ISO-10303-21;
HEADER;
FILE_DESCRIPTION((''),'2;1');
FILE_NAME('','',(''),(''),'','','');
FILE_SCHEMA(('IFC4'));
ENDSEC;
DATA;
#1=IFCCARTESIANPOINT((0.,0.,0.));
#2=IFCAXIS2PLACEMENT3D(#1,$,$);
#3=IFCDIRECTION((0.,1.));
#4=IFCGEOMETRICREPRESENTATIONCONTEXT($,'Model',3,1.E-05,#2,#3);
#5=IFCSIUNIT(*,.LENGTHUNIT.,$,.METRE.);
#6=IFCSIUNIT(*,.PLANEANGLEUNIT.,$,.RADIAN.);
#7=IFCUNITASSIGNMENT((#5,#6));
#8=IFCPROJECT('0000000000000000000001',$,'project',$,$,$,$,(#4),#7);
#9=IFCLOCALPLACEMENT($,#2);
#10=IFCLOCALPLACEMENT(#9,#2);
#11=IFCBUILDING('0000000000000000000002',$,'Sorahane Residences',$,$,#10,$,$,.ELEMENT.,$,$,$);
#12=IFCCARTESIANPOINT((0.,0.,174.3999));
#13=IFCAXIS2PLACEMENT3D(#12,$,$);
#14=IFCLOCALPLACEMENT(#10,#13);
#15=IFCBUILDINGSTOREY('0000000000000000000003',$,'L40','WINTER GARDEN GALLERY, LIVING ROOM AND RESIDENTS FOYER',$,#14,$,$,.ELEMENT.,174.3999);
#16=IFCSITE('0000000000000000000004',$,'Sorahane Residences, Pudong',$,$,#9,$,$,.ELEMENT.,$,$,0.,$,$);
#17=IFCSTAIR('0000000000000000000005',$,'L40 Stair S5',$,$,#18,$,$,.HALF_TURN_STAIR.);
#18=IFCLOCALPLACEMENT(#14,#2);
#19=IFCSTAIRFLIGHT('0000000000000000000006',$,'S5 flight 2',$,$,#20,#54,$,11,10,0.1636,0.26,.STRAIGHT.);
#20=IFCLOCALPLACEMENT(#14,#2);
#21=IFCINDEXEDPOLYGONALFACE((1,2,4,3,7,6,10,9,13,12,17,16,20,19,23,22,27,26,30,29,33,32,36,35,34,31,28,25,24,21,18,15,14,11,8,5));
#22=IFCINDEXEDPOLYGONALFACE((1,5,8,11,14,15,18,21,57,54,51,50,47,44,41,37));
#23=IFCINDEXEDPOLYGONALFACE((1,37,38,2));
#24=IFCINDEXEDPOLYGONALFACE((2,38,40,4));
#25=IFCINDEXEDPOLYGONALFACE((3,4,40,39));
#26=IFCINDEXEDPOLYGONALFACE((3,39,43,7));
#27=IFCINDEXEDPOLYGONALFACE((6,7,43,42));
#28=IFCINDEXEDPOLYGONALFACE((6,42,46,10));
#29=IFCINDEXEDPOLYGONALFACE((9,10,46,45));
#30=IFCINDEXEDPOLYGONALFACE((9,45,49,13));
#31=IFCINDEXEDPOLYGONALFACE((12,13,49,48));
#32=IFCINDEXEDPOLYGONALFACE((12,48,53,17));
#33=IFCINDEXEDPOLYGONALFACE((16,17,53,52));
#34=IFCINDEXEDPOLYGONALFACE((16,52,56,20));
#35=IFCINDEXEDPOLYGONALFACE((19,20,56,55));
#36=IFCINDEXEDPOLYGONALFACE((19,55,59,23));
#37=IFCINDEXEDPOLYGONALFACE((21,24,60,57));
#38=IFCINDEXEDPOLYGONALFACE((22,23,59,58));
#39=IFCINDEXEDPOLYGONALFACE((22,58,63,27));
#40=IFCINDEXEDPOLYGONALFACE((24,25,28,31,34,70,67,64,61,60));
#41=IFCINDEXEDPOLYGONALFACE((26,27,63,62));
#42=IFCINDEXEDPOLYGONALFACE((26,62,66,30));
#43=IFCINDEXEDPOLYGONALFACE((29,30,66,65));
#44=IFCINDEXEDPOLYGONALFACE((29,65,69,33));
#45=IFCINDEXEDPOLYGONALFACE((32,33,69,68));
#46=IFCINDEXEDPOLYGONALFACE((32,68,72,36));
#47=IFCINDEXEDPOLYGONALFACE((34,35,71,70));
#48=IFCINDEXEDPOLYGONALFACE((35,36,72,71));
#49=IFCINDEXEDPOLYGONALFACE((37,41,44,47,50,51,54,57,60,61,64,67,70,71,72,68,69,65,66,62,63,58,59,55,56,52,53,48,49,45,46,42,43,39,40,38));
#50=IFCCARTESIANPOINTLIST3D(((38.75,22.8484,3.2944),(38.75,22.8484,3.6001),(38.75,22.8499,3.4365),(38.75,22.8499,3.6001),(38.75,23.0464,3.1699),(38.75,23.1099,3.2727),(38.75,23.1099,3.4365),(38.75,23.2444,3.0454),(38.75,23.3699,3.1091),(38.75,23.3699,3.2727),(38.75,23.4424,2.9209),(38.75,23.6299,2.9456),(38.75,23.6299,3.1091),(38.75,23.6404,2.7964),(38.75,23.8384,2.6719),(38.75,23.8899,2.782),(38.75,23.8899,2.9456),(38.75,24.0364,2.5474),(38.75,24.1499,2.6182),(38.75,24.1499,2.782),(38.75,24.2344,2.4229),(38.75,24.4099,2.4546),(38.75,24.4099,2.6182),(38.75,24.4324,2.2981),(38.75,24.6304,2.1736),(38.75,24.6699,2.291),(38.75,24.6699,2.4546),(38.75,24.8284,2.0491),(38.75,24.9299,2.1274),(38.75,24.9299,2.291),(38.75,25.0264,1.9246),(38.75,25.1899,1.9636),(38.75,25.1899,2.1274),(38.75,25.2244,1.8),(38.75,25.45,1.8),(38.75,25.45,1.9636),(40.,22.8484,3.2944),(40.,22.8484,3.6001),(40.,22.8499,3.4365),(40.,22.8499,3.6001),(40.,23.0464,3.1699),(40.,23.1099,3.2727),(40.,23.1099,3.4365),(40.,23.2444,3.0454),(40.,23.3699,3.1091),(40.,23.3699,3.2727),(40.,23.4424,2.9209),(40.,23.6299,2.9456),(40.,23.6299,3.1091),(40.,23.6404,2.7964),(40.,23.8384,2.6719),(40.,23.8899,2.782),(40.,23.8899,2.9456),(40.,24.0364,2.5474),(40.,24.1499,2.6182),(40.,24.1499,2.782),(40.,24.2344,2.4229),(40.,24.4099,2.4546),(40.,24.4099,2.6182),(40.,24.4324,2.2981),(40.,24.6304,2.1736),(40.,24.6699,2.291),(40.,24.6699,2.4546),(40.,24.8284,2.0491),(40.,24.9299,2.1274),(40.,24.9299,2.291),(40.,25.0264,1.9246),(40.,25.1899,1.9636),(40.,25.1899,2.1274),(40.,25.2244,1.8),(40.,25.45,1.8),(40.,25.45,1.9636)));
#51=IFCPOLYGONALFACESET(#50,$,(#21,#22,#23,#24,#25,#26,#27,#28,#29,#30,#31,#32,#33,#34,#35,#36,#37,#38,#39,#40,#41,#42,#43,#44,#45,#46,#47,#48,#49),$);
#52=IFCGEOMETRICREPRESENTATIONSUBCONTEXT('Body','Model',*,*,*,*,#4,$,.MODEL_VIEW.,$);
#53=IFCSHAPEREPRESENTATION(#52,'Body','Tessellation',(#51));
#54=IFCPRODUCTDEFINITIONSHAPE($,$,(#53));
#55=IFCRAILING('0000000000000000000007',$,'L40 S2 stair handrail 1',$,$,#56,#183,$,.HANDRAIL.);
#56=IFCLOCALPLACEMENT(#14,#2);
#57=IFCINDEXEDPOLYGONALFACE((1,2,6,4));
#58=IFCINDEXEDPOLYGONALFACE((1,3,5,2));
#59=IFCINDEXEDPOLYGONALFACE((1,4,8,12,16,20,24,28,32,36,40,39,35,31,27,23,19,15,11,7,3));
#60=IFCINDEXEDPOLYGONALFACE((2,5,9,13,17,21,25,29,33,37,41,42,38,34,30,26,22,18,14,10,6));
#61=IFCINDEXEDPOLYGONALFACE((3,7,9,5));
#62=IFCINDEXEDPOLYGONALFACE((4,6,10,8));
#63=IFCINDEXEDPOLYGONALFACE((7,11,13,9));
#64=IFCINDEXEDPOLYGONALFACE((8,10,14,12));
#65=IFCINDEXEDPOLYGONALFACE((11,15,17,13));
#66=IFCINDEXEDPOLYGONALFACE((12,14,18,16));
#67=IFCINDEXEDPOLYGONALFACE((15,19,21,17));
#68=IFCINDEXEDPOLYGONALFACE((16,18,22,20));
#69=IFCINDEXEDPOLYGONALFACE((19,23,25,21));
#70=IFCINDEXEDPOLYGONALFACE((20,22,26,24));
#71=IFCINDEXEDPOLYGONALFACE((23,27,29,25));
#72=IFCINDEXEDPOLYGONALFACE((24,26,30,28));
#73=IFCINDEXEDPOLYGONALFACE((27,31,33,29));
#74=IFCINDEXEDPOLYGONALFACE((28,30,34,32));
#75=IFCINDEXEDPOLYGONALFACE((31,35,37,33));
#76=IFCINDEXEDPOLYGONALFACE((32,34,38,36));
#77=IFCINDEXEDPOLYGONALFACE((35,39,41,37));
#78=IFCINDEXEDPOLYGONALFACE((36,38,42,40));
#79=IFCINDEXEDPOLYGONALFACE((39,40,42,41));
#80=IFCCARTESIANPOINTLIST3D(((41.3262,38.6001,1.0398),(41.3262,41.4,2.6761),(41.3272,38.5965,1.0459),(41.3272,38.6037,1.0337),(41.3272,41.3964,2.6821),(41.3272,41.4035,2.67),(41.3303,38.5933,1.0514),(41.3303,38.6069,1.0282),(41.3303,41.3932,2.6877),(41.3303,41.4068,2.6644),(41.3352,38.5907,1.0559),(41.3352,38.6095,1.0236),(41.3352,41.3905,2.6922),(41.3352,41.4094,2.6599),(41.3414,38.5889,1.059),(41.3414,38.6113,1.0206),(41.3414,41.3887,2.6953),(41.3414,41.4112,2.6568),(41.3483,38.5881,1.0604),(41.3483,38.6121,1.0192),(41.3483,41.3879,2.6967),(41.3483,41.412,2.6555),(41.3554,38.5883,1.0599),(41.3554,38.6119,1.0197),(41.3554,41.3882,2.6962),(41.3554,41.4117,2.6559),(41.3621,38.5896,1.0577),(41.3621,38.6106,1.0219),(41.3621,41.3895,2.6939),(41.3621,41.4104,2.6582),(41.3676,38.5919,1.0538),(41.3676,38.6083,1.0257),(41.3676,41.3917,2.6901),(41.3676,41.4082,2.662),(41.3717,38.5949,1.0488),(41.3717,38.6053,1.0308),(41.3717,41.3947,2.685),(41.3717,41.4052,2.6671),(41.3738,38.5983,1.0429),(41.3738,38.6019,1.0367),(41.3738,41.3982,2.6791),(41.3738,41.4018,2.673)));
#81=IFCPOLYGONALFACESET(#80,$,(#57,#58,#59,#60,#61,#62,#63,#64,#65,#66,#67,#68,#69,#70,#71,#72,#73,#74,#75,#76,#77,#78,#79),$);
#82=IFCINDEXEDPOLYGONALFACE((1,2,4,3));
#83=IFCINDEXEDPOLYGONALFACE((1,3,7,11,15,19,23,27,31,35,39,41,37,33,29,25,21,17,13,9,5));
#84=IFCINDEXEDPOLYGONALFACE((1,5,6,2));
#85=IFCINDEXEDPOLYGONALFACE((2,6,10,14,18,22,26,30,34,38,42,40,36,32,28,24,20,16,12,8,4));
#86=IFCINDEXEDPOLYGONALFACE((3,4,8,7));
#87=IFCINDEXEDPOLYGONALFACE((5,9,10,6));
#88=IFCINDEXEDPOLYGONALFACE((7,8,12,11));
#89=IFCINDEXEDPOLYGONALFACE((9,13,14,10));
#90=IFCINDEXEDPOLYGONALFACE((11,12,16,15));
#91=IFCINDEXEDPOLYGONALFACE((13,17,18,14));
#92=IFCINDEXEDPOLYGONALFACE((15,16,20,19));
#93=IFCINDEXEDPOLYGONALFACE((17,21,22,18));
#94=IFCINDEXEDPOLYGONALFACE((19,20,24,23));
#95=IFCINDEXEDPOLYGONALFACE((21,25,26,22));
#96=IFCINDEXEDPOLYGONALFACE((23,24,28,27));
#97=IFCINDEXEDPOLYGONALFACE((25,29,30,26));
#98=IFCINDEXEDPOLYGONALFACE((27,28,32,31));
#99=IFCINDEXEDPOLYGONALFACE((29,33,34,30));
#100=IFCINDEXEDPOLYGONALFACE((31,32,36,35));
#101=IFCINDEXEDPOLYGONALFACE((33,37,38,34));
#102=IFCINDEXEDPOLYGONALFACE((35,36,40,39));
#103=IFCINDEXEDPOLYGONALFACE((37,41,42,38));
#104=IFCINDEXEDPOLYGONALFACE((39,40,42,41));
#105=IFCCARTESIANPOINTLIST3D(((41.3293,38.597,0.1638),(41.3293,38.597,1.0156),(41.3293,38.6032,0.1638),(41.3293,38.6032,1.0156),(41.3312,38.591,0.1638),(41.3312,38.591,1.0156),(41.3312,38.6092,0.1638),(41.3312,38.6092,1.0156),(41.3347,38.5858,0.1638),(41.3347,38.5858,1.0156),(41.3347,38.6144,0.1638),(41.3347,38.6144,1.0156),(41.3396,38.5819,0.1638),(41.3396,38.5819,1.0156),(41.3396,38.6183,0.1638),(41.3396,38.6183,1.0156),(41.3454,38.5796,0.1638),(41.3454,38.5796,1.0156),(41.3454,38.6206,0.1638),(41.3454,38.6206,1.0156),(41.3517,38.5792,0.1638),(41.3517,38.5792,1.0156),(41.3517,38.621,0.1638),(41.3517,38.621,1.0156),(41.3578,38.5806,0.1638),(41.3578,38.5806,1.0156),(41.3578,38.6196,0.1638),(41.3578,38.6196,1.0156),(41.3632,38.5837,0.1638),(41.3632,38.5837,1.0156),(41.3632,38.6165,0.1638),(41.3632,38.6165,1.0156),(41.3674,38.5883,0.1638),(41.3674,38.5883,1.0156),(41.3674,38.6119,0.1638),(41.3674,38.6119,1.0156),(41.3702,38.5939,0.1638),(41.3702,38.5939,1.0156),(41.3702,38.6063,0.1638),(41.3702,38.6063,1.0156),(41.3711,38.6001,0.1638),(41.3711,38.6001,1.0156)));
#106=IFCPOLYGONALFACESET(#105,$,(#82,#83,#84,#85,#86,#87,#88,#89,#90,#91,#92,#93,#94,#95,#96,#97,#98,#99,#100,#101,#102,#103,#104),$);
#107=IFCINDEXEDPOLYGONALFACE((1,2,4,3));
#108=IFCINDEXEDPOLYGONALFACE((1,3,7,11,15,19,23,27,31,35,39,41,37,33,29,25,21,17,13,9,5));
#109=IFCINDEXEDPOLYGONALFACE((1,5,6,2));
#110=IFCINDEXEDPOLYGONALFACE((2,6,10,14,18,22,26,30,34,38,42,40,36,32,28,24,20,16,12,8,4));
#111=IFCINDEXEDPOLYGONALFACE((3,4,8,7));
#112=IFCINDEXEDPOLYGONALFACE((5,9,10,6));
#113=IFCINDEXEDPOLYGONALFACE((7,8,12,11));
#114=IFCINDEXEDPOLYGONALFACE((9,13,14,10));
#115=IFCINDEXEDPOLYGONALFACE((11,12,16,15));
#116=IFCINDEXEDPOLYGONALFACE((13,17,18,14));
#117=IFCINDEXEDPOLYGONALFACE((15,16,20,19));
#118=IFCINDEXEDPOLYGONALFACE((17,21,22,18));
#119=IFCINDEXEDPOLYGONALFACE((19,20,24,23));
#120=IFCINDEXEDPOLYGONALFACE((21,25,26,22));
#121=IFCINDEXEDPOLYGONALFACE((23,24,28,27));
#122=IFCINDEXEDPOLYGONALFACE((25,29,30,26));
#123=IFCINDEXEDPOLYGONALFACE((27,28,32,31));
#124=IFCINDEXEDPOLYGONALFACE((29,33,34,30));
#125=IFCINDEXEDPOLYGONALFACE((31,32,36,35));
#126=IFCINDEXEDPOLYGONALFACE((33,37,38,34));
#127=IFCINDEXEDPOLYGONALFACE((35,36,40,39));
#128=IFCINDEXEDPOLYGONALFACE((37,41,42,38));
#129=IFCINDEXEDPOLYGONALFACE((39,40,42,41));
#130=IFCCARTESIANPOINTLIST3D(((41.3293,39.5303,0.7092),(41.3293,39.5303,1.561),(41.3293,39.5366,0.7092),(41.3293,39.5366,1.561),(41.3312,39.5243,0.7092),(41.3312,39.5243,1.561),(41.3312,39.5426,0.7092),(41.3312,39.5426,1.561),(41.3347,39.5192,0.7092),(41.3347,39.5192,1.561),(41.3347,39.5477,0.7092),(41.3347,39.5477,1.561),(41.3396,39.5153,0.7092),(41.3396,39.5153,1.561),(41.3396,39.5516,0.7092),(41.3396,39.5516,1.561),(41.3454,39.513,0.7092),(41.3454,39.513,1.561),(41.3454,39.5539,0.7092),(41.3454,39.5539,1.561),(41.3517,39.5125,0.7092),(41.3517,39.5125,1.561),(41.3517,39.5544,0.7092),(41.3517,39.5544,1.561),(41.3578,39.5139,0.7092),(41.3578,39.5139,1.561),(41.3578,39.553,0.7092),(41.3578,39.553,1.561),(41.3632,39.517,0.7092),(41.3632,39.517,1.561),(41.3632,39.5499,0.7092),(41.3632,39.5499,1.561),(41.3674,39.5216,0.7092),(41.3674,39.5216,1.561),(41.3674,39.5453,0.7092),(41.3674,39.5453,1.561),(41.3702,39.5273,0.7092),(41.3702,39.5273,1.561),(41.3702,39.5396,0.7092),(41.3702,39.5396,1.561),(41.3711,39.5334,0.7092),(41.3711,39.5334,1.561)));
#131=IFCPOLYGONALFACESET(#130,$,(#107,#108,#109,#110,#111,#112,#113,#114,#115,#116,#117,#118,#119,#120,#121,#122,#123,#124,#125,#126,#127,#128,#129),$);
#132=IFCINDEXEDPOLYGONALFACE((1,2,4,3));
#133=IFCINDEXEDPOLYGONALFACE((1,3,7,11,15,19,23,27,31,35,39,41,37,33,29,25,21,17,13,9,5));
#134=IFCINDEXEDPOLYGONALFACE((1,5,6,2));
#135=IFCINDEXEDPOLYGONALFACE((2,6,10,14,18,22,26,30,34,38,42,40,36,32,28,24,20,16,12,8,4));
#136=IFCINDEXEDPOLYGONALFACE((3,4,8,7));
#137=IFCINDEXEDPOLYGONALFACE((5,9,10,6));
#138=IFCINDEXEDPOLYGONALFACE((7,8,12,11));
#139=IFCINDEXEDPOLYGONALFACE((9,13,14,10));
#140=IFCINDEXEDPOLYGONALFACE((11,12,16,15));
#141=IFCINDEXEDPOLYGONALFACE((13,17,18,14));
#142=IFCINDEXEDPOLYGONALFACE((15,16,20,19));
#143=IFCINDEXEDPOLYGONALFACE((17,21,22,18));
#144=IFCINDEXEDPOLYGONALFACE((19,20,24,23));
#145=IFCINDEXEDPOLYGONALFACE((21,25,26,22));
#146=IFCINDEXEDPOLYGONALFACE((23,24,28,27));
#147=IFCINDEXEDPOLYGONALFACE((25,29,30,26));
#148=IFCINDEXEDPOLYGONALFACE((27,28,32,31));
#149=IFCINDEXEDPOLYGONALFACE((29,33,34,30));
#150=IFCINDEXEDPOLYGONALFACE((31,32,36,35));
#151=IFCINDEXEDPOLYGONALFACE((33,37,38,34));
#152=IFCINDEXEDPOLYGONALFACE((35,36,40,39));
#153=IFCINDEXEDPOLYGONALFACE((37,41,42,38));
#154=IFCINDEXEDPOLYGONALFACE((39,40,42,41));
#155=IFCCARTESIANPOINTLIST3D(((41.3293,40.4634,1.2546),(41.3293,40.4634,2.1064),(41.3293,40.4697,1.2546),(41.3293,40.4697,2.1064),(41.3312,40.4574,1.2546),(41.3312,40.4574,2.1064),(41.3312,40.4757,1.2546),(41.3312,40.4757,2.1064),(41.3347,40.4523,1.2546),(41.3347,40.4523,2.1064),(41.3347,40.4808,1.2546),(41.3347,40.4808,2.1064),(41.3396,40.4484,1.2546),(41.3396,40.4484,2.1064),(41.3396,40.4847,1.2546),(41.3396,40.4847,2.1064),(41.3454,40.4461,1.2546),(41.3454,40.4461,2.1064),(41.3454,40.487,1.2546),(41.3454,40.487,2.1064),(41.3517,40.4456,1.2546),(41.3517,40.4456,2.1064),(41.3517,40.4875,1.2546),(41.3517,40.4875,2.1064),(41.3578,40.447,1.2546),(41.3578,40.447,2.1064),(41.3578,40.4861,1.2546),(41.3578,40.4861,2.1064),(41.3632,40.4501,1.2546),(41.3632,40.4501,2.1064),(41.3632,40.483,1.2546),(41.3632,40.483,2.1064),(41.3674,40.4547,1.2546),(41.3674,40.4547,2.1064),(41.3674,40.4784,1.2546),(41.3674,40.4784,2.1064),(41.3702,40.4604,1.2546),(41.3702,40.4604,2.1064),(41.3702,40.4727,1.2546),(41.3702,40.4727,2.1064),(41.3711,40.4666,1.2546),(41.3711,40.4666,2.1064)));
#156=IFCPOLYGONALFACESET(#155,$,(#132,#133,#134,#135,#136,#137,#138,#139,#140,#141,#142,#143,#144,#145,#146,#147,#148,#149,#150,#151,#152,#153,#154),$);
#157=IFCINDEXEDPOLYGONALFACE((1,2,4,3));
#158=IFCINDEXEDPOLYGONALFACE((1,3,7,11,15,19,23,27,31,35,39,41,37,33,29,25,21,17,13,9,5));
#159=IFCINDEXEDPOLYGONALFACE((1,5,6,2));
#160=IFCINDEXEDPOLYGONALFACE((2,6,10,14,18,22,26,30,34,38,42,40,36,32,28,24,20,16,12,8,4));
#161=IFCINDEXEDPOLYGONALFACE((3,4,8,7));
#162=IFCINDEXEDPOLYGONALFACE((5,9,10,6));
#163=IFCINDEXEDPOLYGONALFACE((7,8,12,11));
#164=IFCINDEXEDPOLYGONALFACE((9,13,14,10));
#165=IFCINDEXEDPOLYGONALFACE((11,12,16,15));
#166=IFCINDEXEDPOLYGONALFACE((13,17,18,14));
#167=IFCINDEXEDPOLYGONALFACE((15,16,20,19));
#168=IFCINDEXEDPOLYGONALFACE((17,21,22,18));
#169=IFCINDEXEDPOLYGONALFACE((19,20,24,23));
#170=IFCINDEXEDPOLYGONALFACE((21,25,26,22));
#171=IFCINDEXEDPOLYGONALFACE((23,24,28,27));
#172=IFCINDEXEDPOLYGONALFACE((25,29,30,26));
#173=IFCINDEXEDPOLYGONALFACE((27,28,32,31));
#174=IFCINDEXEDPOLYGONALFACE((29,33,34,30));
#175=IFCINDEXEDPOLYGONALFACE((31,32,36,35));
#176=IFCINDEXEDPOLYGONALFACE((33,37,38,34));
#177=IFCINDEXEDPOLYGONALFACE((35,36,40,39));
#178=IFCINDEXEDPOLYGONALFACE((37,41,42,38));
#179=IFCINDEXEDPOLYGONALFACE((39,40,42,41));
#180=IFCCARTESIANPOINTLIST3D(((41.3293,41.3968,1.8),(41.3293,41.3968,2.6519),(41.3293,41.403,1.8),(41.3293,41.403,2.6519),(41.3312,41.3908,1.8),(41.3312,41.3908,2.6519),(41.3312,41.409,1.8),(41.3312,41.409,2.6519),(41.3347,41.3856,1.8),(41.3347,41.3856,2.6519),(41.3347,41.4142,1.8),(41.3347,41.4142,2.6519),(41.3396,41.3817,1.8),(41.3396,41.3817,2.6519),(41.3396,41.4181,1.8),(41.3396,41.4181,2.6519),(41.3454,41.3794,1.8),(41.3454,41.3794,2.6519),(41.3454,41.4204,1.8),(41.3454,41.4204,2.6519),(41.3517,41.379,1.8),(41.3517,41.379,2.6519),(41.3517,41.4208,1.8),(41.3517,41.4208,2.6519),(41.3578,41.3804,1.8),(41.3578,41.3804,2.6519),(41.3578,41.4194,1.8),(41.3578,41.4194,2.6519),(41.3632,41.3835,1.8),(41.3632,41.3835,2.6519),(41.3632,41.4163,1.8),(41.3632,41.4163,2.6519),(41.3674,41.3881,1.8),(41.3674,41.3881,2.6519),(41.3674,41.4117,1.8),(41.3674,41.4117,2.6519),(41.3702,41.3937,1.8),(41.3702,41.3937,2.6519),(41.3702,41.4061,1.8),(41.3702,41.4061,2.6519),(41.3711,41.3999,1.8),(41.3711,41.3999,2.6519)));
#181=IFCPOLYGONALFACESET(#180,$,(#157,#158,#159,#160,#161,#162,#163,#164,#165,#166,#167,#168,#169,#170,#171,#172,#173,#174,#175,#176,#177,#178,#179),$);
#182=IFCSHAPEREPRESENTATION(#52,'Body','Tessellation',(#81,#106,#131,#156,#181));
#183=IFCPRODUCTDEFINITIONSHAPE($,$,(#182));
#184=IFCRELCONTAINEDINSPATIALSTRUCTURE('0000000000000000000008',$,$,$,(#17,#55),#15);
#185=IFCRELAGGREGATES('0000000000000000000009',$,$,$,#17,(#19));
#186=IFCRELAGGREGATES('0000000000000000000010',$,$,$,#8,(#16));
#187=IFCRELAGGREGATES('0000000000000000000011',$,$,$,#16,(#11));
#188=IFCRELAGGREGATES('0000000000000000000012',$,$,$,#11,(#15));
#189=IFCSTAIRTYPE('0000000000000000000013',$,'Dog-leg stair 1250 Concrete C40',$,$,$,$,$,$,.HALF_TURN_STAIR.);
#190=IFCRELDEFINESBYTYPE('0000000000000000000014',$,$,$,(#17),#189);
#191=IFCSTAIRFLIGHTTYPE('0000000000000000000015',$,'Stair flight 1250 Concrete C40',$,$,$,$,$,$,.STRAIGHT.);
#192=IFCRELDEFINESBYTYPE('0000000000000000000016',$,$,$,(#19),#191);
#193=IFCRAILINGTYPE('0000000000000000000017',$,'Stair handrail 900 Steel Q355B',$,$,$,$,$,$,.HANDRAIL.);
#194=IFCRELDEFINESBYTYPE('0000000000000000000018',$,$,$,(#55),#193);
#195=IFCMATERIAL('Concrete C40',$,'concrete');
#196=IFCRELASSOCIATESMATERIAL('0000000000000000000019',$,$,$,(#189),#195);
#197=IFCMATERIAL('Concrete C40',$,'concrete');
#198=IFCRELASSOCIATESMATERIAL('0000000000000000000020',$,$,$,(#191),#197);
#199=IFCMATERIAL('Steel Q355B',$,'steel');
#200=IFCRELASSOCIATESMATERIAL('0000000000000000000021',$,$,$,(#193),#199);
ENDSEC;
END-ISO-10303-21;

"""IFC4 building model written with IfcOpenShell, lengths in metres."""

from ifc_helpers import new_model, si_unit, direction, frame, origin, origin_2d, place, context, subcontext, project, spatial, polyline, circle, outline, extrude, material, type_object, element, aggregate, save


model = new_model("IFC4")

# Units and contexts
model_context = context("Model", 3, precision=1e-05, world=origin(), true_north=direction((0.0, 1.0)))
body_context = subcontext(model_context, "Body", "Model", "MODEL_VIEW")
ifc_project = project(units=[si_unit("LENGTHUNIT", "METRE"), si_unit("PLANEANGLEUNIT", "RADIAN")], contexts=[model_context])

# Site, building, storey
site_placement = place(None, origin())
site = spatial("IfcSite", under=ifc_project, at=site_placement, Name="Sorahane Residences, Pudong", CompositionType="ELEMENT", RefElevation=0.0)
building_placement = place(site_placement, origin())
building = spatial("IfcBuilding", under=site, at=building_placement, Name="Sorahane Residences", CompositionType="ELEMENT")
storey_placement = place(building_placement, frame((0.0, 0.0, 174.3999)))
storey = spatial("IfcBuildingStorey", under=building, at=storey_placement, Name="L40", Description="WINTER GARDEN GALLERY, LIVING ROOM AND RESIDENTS FOYER", CompositionType="ELEMENT", Elevation=174.3999)

# Stair, stair flight
ifc_material_1 = material(Name="Concrete C40", Category="concrete")
stair_type = type_object("IfcStairType", Name="Dog-leg stair 1250 Concrete C40", PredefinedType="HALF_TURN_STAIR", material=ifc_material_1)
ifc_material_2 = material(Name="Concrete C40", Category="concrete")
stair_flight_type = type_object("IfcStairFlightType", Name="Stair flight 1250 Concrete C40", PredefinedType="STRAIGHT", material=ifc_material_2)
stair_1_placement = place(storey_placement, origin())
stair_1 = element("IfcStair", 1, at=stair_1_placement, inside=storey, type_object=stair_type, Name="L40 Stair S5", PredefinedType="HALF_TURN_STAIR")
stair_flight_1_placement = place(storey_placement, frame((39.375, 25.45, 1.8), z_axis=(0.0, 0.0, 1.0), x_axis=(0.0, -1.0, 0.0)))
stair_flight_1 = element("IfcStairFlight", 2, at=stair_flight_1_placement, type_object=stair_flight_type, Name="S5 flight 2", NumberOfRisers=11, NumberOfTreads=10, PredefinedType="STRAIGHT", RiserHeight=0.1636, TreadLength=0.26, context=body_context, shape_type="SweptSolid", body=[
    extrude(outline(polyline([(0.0, 0.0), (0.0, 0.1636), (0.26, 0.1636), (0.26, 0.3274), (0.52, 0.3274), (0.52, 0.491), (0.78, 0.491), (0.78, 0.6545), (1.04, 0.6545), (1.04, 0.8181), (1.3, 0.8181), (1.3, 0.9819), (1.5601, 0.9819), (1.5601, 1.1455), (1.8201, 1.1455), (1.8201, 1.3091), (2.0801, 1.3091), (2.0801, 1.4727), (2.3401, 1.4727), (2.3401, 1.6365), (2.6001, 1.6365), (2.6001, 1.8), (2.6016, 1.8), (2.6016, 1.4944), (2.4036, 1.3699), (2.2056, 1.2454), (2.0076, 1.1208), (1.8096, 0.9963), (1.6116, 0.8718), (1.4136, 0.7473), (1.2156, 0.6228), (1.0176, 0.498), (0.8196, 0.3735), (0.6216, 0.249), (0.4236, 0.1245), (0.2256, 0.0), (0.0, 0.0)])), frame((0.0, 0.625, 0.0), z_axis=(0.0, -1.0, 0.0), x_axis=(1.0, 0.0, 0.0)), (0.0, 0.0, 1.0), 1.25),
])
aggregate(stair_1, [stair_flight_1])

# Railing
ifc_material_3 = material(Name="Steel Q355B", Category="steel")
railing_type_1 = type_object("IfcRailingType", Name="Stair handrail 900 Steel Q355B", PredefinedType="HANDRAIL", material=ifc_material_3)
railing_1_placement = place(storey_placement, frame((41.3501, 38.6001, 0.1638)))
element("IfcRailing", 3, at=railing_1_placement, inside=storey, type_object=railing_type_1, Name="L40 S2 stair handrail 1", PredefinedType="HANDRAIL", context=body_context, shape_type="SweptSolid", body=[
    extrude(circle(Radius=0.0239, at=origin_2d()), frame((0.0, 0.0, 0.876), z_axis=(0.0, 0.863374, 0.504564), x_axis=(-1.0, 0.0, 0.0)), (0.0, 0.0, 1.0), 3.2429),
    extrude(circle(Radius=0.021, at=origin_2d()), origin(), (0.0, 0.0, 1.0), 0.8518),
    extrude(circle(Radius=0.021, at=origin_2d()), frame((0.0, 0.9333, 0.5454)), (0.0, 0.0, 1.0), 0.8518),
    extrude(circle(Radius=0.021, at=origin_2d()), frame((0.0, 1.8665, 1.0908)), (0.0, 0.0, 1.0), 0.8518),
    extrude(circle(Radius=0.021, at=origin_2d()), frame((0.0, 2.7998, 1.6362)), (0.0, 0.0, 1.0), 0.8518),
])

save(model, "model.ifc")
